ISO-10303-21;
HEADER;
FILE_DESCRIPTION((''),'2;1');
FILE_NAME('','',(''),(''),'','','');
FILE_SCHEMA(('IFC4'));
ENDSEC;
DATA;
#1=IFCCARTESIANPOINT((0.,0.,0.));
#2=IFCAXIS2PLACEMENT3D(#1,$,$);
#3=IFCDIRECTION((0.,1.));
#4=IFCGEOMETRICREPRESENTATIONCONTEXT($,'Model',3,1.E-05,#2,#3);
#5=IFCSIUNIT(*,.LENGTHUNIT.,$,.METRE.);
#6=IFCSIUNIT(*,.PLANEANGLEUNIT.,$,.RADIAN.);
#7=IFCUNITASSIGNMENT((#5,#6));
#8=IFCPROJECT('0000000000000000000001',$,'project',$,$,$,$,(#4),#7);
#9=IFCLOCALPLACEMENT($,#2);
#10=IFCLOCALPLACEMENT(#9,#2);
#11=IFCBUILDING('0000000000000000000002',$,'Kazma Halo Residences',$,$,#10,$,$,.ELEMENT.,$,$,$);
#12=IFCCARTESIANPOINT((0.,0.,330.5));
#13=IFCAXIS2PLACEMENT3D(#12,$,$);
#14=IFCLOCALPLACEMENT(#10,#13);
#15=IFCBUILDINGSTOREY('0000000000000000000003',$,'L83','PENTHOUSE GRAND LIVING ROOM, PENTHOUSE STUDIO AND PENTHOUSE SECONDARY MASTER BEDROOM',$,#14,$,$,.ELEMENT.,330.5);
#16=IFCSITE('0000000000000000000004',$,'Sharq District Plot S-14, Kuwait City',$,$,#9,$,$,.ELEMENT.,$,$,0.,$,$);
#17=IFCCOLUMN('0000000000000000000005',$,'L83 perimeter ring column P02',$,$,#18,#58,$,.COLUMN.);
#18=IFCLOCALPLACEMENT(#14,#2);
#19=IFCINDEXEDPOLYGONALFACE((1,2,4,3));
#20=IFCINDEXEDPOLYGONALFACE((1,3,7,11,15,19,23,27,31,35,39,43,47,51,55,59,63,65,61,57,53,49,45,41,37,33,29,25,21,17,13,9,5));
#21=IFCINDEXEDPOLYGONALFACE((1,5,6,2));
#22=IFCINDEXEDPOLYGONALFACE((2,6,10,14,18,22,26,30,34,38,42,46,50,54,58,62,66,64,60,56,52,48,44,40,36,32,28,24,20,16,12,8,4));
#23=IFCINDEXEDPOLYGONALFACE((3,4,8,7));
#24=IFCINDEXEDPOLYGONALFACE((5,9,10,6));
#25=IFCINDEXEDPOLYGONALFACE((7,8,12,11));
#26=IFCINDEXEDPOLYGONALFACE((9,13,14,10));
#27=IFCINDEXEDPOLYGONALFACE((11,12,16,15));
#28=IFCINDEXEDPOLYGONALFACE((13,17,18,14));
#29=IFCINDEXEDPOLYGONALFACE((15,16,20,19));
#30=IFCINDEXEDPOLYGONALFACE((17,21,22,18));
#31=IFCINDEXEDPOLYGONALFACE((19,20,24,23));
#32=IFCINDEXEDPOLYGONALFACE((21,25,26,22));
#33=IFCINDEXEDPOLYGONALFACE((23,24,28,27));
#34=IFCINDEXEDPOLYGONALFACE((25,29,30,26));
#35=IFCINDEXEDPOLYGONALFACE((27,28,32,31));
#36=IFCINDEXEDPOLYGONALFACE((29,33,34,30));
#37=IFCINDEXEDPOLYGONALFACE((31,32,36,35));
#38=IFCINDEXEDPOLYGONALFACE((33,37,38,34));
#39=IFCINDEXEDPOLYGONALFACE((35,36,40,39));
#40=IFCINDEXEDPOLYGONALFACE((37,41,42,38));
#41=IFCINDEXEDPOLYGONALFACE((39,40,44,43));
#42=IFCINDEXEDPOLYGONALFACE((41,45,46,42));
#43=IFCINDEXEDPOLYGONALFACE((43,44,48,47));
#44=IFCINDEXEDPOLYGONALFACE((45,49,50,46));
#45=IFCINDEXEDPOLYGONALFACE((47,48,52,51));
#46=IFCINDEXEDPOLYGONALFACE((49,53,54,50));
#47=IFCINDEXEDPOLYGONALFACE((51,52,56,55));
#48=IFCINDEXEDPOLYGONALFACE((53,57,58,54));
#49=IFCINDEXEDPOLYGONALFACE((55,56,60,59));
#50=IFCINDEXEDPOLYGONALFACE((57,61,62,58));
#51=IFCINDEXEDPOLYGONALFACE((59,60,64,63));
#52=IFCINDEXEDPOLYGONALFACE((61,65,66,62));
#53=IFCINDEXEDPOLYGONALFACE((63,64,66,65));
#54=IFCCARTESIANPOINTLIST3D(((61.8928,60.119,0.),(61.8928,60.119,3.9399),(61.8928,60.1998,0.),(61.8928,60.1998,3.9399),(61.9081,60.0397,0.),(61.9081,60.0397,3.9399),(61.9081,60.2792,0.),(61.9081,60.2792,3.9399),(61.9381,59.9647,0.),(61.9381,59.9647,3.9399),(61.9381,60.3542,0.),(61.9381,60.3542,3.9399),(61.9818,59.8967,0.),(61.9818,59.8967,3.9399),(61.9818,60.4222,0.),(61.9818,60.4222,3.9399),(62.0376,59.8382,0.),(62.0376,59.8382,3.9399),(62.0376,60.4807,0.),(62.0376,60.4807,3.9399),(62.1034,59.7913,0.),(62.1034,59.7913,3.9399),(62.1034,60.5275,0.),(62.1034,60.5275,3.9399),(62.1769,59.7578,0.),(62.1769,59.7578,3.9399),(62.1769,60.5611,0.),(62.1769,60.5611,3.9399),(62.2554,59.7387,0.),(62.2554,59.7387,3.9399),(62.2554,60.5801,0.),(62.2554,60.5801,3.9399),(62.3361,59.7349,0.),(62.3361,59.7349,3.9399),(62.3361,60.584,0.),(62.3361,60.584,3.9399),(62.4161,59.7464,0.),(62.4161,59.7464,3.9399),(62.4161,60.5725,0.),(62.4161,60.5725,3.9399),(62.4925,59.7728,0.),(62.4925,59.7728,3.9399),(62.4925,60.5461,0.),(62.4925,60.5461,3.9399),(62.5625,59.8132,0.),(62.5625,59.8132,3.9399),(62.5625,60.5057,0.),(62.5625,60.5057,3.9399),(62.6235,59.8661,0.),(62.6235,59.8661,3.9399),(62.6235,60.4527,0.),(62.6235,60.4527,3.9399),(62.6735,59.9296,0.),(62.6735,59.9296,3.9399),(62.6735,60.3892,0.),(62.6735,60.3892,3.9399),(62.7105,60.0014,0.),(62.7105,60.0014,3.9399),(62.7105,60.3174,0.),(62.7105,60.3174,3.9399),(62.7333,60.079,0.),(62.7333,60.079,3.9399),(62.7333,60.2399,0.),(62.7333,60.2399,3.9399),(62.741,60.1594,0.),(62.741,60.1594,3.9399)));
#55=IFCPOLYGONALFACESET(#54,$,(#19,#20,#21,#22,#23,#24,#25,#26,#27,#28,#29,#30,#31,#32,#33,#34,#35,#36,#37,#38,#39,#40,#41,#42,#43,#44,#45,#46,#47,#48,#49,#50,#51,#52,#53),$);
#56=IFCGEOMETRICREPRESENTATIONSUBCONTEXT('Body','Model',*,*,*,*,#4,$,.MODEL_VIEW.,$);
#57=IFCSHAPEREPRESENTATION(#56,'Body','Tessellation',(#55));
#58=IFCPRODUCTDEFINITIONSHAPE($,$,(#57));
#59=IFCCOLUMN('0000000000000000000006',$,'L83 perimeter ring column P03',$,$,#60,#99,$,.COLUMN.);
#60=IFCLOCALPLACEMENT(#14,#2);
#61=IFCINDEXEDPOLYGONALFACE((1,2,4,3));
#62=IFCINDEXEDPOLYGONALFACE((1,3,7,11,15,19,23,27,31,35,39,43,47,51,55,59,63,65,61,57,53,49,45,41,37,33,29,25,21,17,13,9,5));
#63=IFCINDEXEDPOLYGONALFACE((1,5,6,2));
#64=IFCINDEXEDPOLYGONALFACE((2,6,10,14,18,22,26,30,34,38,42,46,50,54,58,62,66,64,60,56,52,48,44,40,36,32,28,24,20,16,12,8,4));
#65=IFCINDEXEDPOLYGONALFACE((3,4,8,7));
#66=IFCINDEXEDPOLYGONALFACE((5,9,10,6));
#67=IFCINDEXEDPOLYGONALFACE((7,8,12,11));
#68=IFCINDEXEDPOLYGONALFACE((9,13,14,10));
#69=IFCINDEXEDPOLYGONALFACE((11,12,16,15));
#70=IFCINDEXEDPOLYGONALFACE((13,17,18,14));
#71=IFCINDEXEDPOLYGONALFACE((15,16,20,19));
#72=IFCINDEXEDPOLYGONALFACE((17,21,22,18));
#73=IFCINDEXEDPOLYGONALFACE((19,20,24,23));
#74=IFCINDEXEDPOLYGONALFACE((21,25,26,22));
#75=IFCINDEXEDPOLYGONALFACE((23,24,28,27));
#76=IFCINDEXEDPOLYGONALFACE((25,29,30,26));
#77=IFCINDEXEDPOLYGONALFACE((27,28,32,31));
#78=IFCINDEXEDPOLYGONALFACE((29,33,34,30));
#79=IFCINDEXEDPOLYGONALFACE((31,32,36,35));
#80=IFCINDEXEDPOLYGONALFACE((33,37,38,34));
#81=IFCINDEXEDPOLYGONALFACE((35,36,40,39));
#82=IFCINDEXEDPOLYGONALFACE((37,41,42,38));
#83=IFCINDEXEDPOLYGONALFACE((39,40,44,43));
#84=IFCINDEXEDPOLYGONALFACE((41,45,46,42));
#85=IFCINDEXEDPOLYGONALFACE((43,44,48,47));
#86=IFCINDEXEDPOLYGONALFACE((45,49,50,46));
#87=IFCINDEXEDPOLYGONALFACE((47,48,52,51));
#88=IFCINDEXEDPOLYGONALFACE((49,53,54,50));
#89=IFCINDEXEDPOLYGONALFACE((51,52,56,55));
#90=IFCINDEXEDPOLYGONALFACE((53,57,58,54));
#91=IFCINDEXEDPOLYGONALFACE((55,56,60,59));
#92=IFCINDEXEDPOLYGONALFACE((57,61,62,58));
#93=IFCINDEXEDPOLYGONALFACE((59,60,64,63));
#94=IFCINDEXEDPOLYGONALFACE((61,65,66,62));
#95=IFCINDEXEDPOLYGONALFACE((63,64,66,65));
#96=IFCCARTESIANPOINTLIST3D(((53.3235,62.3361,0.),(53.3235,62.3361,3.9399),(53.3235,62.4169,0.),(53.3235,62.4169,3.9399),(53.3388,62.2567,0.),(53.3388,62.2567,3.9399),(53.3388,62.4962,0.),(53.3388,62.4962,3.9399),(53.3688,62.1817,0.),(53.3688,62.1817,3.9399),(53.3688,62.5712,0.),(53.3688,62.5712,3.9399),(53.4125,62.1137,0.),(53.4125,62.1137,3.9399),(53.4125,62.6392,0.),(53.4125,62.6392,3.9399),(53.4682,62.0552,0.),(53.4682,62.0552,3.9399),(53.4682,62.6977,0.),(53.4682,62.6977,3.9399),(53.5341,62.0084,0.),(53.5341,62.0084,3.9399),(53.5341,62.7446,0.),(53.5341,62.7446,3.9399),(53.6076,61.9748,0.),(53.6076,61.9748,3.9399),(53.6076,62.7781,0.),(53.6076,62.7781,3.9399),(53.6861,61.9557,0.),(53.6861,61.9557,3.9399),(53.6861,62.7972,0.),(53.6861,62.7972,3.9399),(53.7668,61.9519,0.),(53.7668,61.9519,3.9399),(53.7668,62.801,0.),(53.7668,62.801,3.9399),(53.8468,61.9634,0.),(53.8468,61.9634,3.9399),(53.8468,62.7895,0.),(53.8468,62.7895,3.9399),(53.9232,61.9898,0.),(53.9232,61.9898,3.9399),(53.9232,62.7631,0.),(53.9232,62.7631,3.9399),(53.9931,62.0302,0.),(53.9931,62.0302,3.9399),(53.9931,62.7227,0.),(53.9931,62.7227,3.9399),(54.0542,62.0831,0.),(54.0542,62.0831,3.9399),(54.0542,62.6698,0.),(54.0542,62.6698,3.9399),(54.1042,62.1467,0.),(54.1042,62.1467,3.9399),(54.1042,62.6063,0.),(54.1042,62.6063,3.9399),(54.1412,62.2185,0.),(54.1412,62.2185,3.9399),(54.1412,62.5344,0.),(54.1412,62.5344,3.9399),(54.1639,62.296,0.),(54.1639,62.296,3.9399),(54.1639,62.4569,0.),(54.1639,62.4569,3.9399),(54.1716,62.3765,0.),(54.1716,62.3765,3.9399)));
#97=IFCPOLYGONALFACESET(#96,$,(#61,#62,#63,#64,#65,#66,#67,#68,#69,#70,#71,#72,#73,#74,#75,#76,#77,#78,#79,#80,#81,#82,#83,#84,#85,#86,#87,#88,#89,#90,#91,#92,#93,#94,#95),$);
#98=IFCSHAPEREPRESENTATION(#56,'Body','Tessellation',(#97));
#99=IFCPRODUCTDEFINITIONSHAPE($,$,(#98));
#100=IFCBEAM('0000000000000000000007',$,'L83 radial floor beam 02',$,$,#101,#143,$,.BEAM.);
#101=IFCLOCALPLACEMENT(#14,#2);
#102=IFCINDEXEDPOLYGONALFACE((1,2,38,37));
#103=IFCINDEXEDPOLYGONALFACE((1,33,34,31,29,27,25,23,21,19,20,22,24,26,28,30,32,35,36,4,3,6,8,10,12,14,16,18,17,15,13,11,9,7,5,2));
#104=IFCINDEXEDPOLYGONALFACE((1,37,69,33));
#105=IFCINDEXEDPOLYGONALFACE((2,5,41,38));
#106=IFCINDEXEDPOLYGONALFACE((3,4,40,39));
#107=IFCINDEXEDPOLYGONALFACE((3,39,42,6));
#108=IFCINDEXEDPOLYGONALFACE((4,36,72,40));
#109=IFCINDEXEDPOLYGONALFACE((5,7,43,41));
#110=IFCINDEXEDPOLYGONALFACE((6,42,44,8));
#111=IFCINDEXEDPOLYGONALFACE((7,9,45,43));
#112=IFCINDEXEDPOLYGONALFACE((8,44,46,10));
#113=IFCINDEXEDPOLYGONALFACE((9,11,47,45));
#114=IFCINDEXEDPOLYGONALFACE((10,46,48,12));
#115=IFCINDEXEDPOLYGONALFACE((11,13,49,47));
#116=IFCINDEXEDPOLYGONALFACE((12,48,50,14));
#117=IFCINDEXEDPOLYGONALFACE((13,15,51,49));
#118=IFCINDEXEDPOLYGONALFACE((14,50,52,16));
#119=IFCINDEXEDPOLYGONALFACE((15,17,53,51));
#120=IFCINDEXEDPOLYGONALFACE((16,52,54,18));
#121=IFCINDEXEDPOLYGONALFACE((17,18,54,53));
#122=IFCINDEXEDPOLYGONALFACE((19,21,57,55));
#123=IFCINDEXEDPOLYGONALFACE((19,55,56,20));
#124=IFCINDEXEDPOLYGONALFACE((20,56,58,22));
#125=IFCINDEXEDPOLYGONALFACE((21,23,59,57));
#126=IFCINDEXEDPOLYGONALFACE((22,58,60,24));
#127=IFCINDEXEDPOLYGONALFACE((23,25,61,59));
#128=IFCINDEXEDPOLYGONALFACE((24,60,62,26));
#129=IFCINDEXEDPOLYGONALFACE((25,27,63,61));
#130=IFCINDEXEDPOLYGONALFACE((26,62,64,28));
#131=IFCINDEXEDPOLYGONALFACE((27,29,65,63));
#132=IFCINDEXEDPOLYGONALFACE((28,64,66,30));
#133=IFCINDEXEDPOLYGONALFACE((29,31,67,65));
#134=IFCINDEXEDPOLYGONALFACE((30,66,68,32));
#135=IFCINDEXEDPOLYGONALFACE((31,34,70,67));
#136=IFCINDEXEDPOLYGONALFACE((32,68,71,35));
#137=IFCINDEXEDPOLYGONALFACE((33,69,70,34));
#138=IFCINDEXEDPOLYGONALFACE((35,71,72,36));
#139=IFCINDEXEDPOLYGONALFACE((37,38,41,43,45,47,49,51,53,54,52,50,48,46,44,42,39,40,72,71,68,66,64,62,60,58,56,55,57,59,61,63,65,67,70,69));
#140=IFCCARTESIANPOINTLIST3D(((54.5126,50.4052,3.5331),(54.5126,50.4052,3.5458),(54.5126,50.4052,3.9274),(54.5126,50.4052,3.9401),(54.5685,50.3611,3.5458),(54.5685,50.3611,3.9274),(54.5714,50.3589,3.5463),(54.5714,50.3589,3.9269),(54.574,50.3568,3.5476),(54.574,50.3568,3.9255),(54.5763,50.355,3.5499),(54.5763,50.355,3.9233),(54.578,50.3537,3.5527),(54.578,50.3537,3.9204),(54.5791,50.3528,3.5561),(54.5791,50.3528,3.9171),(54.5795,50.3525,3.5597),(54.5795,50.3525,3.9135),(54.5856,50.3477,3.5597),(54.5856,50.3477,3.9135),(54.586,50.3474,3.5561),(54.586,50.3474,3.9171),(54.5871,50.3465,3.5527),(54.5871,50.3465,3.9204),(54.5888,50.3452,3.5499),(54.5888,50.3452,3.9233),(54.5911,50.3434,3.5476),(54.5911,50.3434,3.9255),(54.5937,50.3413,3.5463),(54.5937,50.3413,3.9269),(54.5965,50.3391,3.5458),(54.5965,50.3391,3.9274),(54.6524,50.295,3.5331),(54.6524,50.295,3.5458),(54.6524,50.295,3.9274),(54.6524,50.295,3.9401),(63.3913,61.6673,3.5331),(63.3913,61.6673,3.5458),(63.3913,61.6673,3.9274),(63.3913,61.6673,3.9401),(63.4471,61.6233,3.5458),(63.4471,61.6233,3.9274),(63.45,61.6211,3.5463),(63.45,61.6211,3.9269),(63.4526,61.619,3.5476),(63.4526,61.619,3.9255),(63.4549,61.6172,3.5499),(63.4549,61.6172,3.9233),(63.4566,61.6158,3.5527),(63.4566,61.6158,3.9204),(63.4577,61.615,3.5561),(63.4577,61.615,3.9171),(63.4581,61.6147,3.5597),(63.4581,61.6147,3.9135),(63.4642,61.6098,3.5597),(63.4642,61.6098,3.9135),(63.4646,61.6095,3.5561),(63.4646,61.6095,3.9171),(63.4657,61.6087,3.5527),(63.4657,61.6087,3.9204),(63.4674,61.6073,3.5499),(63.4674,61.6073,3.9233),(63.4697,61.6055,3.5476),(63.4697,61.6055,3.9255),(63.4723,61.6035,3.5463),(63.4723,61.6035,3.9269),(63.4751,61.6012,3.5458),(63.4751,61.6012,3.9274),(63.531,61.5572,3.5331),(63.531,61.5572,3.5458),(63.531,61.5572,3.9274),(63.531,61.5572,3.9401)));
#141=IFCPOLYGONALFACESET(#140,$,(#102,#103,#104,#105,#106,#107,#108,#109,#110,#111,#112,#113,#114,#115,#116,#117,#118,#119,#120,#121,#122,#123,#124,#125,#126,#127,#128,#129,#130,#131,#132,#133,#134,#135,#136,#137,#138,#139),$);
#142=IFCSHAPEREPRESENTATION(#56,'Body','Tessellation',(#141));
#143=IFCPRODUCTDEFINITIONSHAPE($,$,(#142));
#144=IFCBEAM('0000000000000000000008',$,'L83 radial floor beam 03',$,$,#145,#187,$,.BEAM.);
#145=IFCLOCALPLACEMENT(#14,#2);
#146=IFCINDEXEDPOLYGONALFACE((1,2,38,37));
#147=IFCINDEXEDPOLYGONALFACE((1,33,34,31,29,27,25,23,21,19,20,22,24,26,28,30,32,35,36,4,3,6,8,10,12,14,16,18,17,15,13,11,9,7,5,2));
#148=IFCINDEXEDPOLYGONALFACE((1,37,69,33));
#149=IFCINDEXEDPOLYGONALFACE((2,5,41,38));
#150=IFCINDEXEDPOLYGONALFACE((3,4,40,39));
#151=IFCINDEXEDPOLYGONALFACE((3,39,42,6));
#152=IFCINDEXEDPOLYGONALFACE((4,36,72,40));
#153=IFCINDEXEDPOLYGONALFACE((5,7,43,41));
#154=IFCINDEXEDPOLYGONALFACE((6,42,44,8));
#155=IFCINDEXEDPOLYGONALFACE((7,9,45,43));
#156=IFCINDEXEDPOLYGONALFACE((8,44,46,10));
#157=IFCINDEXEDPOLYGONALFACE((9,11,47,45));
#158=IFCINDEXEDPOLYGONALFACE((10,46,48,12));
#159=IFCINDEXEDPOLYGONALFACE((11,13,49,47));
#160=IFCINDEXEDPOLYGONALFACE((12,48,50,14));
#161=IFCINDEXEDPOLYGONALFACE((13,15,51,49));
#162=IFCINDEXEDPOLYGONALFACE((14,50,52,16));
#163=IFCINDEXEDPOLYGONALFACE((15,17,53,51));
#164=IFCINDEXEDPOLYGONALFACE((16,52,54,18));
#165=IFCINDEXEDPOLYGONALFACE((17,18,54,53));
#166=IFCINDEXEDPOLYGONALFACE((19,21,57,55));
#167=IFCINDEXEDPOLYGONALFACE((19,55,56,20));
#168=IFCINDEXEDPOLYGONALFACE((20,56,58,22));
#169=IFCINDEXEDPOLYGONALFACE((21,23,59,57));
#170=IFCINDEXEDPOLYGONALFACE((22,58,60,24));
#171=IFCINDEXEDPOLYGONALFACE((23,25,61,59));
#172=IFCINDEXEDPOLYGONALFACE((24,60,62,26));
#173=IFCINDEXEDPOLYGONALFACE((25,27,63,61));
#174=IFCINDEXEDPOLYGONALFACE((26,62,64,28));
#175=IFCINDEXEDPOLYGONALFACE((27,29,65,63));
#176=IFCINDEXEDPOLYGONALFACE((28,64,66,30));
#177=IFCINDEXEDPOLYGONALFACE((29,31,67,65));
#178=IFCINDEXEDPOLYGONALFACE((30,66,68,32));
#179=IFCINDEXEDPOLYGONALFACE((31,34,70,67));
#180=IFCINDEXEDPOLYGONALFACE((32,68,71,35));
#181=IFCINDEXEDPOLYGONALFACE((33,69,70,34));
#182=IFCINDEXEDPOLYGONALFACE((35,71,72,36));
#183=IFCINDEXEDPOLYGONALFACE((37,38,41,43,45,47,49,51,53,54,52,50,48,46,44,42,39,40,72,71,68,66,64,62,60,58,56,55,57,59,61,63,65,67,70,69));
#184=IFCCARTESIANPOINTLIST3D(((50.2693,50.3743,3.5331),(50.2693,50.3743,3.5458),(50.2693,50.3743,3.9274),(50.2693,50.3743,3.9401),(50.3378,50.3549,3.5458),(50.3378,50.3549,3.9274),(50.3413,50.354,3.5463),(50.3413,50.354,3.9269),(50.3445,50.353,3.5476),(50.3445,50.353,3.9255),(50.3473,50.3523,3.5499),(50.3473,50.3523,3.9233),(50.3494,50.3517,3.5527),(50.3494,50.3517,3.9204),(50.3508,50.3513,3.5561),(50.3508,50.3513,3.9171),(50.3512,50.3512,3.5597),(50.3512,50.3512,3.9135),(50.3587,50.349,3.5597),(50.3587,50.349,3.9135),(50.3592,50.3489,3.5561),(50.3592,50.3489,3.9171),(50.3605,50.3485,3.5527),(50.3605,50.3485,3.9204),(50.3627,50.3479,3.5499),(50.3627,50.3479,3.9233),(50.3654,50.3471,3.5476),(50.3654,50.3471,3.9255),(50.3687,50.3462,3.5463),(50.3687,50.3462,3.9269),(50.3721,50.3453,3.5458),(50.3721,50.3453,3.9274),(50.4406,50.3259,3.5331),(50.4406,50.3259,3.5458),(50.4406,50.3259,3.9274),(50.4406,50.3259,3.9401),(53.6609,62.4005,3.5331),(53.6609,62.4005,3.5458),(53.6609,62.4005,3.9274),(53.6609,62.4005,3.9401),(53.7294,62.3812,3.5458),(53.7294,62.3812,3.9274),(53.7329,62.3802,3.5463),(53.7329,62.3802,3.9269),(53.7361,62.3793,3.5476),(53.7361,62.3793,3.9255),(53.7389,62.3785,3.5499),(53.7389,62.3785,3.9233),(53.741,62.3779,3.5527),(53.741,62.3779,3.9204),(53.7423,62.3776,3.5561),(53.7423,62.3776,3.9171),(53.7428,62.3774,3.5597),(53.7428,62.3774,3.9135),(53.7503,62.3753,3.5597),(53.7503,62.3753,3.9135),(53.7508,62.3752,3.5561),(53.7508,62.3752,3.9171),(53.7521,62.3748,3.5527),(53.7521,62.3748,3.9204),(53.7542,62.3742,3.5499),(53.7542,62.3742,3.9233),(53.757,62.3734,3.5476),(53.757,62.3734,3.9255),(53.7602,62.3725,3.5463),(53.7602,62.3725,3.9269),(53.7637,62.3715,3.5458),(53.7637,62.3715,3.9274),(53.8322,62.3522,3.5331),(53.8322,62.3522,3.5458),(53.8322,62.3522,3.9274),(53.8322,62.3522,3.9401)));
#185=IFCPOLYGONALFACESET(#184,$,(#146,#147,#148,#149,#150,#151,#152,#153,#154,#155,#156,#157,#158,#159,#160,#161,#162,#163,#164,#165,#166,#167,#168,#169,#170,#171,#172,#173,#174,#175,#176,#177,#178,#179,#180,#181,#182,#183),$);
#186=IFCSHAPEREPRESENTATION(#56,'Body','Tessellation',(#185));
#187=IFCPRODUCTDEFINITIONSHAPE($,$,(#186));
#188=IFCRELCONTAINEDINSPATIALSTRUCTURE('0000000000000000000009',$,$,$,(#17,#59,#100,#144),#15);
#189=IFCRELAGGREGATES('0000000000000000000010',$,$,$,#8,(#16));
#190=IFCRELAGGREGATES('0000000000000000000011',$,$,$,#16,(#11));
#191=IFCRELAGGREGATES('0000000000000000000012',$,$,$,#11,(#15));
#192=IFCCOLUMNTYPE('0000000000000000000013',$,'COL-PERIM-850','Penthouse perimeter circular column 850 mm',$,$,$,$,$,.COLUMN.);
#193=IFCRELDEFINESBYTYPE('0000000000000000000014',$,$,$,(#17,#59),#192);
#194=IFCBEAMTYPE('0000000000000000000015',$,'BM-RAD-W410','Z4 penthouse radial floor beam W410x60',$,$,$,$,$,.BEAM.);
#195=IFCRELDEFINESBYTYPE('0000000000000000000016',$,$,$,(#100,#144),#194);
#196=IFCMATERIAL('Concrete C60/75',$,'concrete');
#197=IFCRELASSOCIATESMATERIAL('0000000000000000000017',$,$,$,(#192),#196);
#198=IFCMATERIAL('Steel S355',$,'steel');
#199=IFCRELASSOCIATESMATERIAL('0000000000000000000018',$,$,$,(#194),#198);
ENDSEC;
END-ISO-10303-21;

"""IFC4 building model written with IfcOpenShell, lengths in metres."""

from ifc_helpers import new_model, si_unit, direction, frame, origin, origin_2d, place, context, subcontext, project, spatial, circle, i_section, extrude, material, material_profile, profile_set, type_object, element, save


model = new_model("IFC4")

# Units and contexts
model_context = context("Model", 3, precision=1e-05, world=origin(), true_north=direction((0.0, 1.0)))
body_context = subcontext(model_context, "Body", "Model", "MODEL_VIEW")
ifc_project = project(units=[si_unit("LENGTHUNIT", "METRE"), si_unit("PLANEANGLEUNIT", "RADIAN")], contexts=[model_context])

# Site, building, storey
site_placement = place(None, origin())
site = spatial("IfcSite", under=ifc_project, at=site_placement, Name="Sharq District Plot S-14, Kuwait City", CompositionType="ELEMENT", RefElevation=0.0)
building_placement = place(site_placement, origin())
building = spatial("IfcBuilding", under=site, at=building_placement, Name="Kazma Halo Residences", CompositionType="ELEMENT")
storey_placement = place(building_placement, frame((0.0, 0.0, 330.5)))
storey = spatial("IfcBuildingStorey", under=building, at=storey_placement, Name="L83", Description="PENTHOUSE GRAND LIVING ROOM, PENTHOUSE STUDIO AND PENTHOUSE SECONDARY MASTER BEDROOM", CompositionType="ELEMENT", Elevation=330.5)

# Columns
ifc_material_1 = material(Name="Concrete C60/75", Category="concrete")
ifc_material_profile_1 = material_profile(ifc_material_1, circle(Radius=0.425, at=origin_2d()), Name="CIRC850")
ifc_profile_set_1 = profile_set([ifc_material_profile_1], Name="Concrete C60/75")
column_type = type_object("IfcColumnType", Name="COL-PERIM-850", Description="Penthouse perimeter circular column 850 mm", PredefinedType="COLUMN", material=ifc_profile_set_1)
for number, where, z_axis, x_axis, name in (
    (1, (62.3159, 60.1594, 0.0), (0.0, 0.0, 1.0), (1.0, 0.0, 0.0), "L83 perimeter ring column P02"),
    (2, (53.7466, 62.3765, 0.0), (0.0, 0.0, 1.0), (1.0, 0.0, 0.0), "L83 perimeter ring column P03"),
):
    element("IfcColumn", number, at=place(storey_placement, frame(where, z_axis=z_axis, x_axis=x_axis)), inside=storey, type_object=column_type, Name=name, PredefinedType="COLUMN", context=body_context, shape_type="SweptSolid", body=[
        extrude(circle(Radius=0.425, at=origin_2d()), origin(), (0.0, 0.0, 1.0), 3.9399),
    ])

# Beams
ifc_material_2 = material(Name="Steel S355", Category="steel")
ifc_material_profile_2 = material_profile(ifc_material_2, i_section(OverallWidth=0.178, OverallDepth=0.407, WebThickness=0.0078, FlangeThickness=0.0127, FilletRadius=0.0139, at=origin_2d()), Name="W410x60")
ifc_profile_set_2 = profile_set([ifc_material_profile_2], Name="Steel S355")
beam_type_1 = type_object("IfcBeamType", Name="BM-RAD-W410", Description="Z4 penthouse radial floor beam W410x60", PredefinedType="BEAM", material=ifc_profile_set_2)
beam_1_placement = place(storey_placement, frame((54.5825, 50.3501, 3.7366), z_axis=(0.619105, 0.785308, 0.0), x_axis=(-0.785308, 0.619105, 0.0)))
element("IfcBeam", 3, at=beam_1_placement, inside=storey, type_object=beam_type_1, Name="L83 radial floor beam 02", PredefinedType="BEAM", context=body_context, shape_type="SweptSolid", body=[
    extrude(i_section(OverallWidth=0.178, OverallDepth=0.407, WebThickness=0.0078, FlangeThickness=0.0127, FilletRadius=0.0139, at=origin_2d()), origin(), (0.0, 0.0, 1.0), 14.3411),
])
beam_2_placement = place(storey_placement, frame((50.355, 50.3501, 3.7366), z_axis=(0.271427, 0.962459, 0.0), x_axis=(-0.962459, 0.271427, 0.0)))
element("IfcBeam", 4, at=beam_2_placement, inside=storey, type_object=beam_type_1, Name="L83 radial floor beam 03", PredefinedType="BEAM", context=body_context, shape_type="SweptSolid", body=[
    extrude(i_section(OverallWidth=0.178, OverallDepth=0.407, WebThickness=0.0078, FlangeThickness=0.0127, FilletRadius=0.0139, at=origin_2d()), origin(), (0.0, 0.0, 1.0), 12.4954),
])

save(model, "model.ifc")
